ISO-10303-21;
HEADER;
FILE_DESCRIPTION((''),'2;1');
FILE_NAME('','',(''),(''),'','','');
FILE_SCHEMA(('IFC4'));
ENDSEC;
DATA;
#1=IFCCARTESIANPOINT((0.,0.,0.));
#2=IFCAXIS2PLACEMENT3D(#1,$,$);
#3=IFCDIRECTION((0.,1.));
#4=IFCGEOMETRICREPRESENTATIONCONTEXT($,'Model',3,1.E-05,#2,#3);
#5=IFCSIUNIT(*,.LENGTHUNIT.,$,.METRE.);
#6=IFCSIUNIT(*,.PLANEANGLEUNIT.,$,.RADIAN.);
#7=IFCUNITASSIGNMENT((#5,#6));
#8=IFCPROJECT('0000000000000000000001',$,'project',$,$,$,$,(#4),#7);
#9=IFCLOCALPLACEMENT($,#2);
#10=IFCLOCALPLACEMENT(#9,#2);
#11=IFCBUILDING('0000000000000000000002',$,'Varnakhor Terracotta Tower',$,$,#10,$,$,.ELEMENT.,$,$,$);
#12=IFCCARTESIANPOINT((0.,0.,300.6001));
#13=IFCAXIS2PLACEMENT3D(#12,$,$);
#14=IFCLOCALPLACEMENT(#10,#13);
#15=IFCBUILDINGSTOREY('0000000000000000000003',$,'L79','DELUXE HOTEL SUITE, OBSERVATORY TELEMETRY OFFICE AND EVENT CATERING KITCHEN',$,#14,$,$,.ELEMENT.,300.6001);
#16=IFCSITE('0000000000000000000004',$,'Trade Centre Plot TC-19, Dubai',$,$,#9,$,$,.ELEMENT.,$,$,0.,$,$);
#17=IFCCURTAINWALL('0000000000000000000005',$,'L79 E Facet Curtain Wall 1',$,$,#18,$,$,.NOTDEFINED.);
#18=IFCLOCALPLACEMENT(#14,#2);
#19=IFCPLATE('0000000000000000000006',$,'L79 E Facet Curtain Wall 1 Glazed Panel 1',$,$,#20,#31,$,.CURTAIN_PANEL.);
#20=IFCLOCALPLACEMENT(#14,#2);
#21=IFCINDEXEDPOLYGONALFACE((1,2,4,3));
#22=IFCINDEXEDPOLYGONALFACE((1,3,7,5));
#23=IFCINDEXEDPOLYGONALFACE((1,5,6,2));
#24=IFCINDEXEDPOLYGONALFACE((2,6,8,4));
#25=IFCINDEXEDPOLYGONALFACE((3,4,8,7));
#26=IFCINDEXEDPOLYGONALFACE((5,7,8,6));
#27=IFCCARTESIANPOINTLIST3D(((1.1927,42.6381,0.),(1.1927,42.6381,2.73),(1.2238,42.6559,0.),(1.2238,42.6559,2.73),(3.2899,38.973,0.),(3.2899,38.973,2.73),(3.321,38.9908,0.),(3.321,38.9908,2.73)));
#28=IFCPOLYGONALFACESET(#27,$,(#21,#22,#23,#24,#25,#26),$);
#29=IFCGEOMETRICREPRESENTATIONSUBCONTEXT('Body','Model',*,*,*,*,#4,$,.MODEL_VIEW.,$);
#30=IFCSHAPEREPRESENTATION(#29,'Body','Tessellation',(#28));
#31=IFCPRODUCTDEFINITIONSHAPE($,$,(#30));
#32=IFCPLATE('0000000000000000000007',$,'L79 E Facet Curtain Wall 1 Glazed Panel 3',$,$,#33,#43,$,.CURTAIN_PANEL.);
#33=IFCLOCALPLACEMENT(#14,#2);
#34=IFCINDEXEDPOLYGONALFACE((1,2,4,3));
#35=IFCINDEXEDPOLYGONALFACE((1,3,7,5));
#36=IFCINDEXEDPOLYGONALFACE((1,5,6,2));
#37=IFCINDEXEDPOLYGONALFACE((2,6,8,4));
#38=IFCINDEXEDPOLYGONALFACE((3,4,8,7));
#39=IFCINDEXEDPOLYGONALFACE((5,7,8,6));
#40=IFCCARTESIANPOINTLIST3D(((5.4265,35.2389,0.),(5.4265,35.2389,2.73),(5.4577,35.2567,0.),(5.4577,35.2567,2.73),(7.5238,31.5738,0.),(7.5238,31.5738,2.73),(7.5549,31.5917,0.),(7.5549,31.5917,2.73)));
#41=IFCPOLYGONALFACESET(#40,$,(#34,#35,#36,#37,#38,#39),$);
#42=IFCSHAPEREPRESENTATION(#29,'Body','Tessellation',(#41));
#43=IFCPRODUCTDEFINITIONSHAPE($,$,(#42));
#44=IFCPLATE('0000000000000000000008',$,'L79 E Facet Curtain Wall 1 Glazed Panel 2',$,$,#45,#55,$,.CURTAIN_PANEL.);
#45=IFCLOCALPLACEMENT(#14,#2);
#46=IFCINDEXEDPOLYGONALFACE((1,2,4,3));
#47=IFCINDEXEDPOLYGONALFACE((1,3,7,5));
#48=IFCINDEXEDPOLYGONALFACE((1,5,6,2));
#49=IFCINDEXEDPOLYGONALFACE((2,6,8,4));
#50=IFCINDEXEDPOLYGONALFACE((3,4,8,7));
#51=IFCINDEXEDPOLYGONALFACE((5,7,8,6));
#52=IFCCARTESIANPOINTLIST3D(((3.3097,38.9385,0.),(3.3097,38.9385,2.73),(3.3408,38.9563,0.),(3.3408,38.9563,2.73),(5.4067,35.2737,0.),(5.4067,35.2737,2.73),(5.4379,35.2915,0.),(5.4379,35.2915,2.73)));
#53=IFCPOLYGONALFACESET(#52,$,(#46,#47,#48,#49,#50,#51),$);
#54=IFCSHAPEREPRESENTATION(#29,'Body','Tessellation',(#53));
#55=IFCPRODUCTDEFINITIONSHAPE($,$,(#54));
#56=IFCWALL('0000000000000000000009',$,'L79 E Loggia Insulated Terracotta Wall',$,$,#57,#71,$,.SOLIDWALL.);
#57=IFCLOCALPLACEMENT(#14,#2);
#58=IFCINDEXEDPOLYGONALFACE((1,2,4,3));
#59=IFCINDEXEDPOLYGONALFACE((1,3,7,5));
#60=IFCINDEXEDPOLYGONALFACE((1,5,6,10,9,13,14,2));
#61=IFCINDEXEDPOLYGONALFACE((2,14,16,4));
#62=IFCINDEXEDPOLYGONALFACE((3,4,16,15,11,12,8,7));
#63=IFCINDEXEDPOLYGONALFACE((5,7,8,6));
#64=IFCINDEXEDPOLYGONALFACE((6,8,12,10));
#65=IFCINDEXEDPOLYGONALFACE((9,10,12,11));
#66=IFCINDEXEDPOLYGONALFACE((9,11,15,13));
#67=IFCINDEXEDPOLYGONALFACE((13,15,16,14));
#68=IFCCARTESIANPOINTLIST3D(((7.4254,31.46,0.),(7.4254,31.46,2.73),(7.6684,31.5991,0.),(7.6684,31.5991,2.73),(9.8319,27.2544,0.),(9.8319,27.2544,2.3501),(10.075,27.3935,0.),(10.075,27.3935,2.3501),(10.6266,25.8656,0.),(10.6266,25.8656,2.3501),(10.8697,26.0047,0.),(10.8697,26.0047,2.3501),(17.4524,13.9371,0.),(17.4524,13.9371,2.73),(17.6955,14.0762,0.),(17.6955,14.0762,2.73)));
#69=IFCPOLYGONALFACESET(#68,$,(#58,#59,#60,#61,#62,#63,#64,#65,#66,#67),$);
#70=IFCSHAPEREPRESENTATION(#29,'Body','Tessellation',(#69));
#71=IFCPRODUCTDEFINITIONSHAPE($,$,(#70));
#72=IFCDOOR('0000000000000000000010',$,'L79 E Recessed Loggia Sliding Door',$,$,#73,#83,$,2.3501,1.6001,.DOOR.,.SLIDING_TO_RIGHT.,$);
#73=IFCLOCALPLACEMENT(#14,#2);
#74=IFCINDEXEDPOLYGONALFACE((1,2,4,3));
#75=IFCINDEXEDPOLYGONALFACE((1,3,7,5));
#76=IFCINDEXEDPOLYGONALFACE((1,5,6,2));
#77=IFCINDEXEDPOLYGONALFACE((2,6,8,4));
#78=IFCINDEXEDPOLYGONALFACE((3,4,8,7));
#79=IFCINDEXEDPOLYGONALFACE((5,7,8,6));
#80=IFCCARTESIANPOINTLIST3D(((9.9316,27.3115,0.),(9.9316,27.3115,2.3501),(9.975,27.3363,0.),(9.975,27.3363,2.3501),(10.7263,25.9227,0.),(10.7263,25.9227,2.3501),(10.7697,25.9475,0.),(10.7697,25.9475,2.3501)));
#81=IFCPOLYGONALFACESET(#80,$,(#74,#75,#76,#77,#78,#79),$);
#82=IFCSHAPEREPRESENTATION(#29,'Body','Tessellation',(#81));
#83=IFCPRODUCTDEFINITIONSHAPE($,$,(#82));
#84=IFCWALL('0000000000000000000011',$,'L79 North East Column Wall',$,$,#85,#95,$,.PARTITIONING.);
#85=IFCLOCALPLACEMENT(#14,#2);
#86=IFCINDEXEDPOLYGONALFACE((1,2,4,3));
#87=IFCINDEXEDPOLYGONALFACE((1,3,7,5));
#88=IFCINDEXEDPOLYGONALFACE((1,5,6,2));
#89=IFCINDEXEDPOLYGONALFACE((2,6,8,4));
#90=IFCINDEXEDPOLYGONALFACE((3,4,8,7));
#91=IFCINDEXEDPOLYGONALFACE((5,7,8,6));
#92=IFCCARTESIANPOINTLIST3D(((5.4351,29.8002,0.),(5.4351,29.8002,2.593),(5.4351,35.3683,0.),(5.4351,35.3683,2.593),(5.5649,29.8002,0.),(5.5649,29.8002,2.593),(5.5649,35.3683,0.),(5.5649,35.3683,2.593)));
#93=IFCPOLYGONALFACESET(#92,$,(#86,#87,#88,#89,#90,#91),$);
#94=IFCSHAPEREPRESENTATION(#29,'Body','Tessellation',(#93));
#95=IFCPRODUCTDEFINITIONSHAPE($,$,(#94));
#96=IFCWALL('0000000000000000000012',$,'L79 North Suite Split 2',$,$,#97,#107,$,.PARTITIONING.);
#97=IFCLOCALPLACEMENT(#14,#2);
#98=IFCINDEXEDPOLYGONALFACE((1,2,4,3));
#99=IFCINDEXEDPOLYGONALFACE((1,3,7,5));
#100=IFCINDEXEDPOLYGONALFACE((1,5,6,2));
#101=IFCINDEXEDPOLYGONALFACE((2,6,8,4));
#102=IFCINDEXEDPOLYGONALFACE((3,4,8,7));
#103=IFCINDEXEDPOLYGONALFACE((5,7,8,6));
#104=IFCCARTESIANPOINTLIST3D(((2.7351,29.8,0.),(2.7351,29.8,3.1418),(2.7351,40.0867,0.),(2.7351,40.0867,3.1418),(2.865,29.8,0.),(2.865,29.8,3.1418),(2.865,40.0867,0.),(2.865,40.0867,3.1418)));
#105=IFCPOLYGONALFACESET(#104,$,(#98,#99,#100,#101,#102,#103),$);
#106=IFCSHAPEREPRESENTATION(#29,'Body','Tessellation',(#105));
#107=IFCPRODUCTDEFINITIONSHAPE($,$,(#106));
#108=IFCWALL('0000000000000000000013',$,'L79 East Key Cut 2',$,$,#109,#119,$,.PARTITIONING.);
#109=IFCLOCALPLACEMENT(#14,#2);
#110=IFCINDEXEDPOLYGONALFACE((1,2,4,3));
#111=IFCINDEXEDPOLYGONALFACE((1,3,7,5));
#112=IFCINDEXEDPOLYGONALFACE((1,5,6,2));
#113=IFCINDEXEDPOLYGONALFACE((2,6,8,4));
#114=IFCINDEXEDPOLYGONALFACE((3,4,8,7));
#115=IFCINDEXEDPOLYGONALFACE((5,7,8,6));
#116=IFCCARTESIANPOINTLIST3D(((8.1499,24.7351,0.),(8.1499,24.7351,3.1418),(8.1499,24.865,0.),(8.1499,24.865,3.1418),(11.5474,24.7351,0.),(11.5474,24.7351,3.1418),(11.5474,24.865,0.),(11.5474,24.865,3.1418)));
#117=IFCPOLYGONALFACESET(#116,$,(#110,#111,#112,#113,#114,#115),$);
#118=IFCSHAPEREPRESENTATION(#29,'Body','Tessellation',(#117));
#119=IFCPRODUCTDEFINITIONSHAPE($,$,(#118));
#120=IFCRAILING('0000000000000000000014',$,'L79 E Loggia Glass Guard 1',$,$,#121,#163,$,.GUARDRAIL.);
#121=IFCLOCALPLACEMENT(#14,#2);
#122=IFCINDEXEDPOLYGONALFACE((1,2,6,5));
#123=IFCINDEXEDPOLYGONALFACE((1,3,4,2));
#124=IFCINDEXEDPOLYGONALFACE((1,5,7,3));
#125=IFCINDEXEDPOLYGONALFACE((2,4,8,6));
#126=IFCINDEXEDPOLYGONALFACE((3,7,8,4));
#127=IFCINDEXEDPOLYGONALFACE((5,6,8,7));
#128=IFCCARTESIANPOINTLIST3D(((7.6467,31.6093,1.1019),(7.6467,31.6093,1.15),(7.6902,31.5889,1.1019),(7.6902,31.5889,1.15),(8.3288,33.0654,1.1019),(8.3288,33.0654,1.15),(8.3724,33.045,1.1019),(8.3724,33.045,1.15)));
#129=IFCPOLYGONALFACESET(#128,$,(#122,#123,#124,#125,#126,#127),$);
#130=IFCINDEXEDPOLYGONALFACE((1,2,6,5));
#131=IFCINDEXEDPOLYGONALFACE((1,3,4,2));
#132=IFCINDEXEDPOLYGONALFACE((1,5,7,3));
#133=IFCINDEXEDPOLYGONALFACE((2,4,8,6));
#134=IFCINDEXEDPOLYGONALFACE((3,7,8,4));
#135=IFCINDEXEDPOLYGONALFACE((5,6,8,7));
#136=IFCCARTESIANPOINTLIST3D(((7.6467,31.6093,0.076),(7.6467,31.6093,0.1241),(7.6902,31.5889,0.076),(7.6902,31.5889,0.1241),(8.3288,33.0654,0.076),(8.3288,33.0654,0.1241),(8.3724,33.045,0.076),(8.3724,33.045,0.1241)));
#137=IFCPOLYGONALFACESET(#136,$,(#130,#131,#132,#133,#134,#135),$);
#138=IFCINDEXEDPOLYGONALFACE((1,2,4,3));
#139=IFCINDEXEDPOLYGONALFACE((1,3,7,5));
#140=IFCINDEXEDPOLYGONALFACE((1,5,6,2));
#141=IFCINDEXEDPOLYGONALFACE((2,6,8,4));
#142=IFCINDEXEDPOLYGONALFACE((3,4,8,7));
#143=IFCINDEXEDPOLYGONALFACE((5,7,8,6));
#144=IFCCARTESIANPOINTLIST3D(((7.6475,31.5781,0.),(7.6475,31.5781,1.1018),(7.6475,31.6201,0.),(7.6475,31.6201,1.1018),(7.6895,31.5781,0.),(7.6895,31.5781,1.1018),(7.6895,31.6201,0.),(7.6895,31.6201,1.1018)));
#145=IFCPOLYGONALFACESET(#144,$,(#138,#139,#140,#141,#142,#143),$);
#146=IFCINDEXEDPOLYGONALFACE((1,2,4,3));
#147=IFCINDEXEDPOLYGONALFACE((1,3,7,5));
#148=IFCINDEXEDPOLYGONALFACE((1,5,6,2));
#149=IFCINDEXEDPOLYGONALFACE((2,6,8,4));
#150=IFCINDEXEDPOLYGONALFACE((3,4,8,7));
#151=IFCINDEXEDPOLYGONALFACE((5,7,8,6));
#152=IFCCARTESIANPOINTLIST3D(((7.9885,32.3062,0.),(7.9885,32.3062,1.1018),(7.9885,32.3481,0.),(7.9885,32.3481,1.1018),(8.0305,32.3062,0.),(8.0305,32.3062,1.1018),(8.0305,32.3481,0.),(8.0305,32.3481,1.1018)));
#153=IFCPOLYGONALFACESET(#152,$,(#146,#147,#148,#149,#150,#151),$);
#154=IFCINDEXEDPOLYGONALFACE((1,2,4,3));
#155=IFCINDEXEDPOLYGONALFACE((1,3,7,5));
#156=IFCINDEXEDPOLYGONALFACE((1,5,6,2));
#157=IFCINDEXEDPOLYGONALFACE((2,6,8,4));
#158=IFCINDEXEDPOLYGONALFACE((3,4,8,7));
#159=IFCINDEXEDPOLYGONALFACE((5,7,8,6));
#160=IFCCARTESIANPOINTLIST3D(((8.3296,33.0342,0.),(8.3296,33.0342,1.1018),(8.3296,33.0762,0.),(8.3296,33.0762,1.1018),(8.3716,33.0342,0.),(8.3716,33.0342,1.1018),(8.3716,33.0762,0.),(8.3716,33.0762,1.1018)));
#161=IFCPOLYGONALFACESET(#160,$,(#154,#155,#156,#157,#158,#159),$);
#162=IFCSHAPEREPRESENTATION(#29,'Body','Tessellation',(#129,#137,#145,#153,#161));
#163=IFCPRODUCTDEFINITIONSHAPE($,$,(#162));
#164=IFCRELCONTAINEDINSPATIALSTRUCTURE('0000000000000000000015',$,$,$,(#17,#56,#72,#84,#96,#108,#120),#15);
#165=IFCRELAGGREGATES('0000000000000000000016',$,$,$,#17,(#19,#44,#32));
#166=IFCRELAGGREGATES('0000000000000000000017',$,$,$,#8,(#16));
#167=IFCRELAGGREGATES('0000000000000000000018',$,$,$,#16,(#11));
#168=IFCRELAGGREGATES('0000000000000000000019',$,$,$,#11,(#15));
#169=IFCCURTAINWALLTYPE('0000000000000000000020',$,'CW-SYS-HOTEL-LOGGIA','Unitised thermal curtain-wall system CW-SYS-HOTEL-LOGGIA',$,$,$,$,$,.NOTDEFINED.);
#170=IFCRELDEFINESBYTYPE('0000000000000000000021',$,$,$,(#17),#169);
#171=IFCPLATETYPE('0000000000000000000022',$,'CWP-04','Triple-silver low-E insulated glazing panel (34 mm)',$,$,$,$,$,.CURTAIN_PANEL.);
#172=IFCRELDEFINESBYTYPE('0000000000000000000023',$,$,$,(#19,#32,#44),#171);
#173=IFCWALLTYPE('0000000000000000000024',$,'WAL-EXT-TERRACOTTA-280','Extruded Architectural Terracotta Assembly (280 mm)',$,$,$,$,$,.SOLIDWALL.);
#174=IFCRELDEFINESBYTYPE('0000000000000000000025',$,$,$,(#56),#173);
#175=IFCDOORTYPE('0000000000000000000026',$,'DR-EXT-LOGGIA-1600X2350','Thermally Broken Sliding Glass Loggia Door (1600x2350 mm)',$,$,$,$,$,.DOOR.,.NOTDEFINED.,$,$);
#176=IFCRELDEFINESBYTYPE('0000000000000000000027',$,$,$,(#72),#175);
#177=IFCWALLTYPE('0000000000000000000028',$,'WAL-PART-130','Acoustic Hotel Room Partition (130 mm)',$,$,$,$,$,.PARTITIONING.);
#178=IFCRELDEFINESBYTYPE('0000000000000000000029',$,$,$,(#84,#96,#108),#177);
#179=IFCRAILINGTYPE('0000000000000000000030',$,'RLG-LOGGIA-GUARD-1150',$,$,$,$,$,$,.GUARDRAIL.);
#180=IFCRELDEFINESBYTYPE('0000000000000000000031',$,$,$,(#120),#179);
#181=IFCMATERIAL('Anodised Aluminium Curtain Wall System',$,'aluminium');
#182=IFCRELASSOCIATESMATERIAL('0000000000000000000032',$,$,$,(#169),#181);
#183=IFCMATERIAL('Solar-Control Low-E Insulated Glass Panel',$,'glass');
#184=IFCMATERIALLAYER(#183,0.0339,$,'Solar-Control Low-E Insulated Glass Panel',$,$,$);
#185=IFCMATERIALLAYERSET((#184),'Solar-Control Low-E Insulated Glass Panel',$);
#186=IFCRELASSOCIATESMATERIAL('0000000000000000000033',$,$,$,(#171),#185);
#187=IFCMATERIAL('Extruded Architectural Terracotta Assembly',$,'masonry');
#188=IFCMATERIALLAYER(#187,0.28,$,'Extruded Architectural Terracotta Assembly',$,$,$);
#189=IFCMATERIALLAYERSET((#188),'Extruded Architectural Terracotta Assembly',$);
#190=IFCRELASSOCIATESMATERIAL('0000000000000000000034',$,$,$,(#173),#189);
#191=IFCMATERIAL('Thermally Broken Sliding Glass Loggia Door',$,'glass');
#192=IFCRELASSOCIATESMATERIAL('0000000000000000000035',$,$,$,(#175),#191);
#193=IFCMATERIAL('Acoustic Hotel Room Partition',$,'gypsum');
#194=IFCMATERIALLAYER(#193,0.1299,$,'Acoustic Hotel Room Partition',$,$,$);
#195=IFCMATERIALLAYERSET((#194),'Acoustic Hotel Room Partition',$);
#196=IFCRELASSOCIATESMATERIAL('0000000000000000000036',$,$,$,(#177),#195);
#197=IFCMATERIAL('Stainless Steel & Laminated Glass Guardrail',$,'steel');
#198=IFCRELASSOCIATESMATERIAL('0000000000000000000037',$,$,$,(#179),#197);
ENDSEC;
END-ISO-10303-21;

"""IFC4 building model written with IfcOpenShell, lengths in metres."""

from ifc_helpers import new_model, si_unit, direction, frame, frame_2d, origin, origin_2d, place, context, subcontext, project, spatial, rectangle, extrude, source, transform, mapped, material, layer, layer_set, type_object, type_shapes, element, fill, aggregate, save


model = new_model("IFC4")

# Units and contexts
model_context = context("Model", 3, precision=1e-05, world=origin(), true_north=direction((0.0, 1.0)))
body_context = subcontext(model_context, "Body", "Model", "MODEL_VIEW")
ifc_project = project(units=[si_unit("LENGTHUNIT", "METRE"), si_unit("PLANEANGLEUNIT", "RADIAN")], contexts=[model_context])

# Site, building, storey
site_placement = place(None, origin())
site = spatial("IfcSite", under=ifc_project, at=site_placement, Name="Trade Centre Plot TC-19, Dubai", CompositionType="ELEMENT", RefElevation=0.0)
building_placement = place(site_placement, origin())
building = spatial("IfcBuilding", under=site, at=building_placement, Name="Varnakhor Terracotta Tower", CompositionType="ELEMENT")
storey_placement = place(building_placement, frame((0.0, 0.0, 300.6001)))
storey = spatial("IfcBuildingStorey", under=building, at=storey_placement, Name="L79", Description="DELUXE HOTEL SUITE, OBSERVATORY TELEMETRY OFFICE AND EVENT CATERING KITCHEN", CompositionType="ELEMENT", Elevation=300.6001)

# Shared definitions
ifc_material_1 = material(Name="Anodised Aluminium Curtain Wall System", Category="aluminium")
curtain_wall_type = type_object("IfcCurtainWallType", Name="CW-SYS-HOTEL-LOGGIA", Description="Unitised thermal curtain-wall system CW-SYS-HOTEL-LOGGIA", PredefinedType="NOTDEFINED", material=ifc_material_1)

# Curtain wall
curtain_wall_1_placement = place(storey_placement, origin())
curtain_wall_1 = element("IfcCurtainWall", 1, at=curtain_wall_1_placement, inside=storey, type_object=curtain_wall_type, Name="L79 E Facet Curtain Wall 1", PredefinedType="NOTDEFINED")

# Plates
ifc_material_2 = material(Name="Solar-Control Low-E Insulated Glass Panel", Category="glass")
ifc_layer_1 = layer(ifc_material_2, 0.0339, Name="Solar-Control Low-E Insulated Glass Panel")
ifc_layer_set_1 = layer_set([ifc_layer_1], Name="Solar-Control Low-E Insulated Glass Panel")
plate_type = type_object("IfcPlateType", Name="CWP-04", Description="Triple-silver low-E insulated glazing panel (34 mm)", PredefinedType="CURTAIN_PANEL", material=ifc_layer_set_1)
shared_shape_1 = source(origin(), body_context, "Body", "SweptSolid", [
    extrude(rectangle(XDim=4.2227, YDim=0.0359, at=origin_2d()), origin(), (0.0, 0.0, 1.0), 2.73),
])
plate_1_placement = place(storey_placement, frame((2.2568, 40.8145, 0.0), z_axis=(0.0, 0.0, 1.0), x_axis=(0.496656, -0.867948, 0.0)))
plate_1 = element("IfcPlate", 2, at=plate_1_placement, type_object=plate_type, Name="L79 E Facet Curtain Wall 1 Glazed Panel 1", PredefinedType="CURTAIN_PANEL", context=body_context, shape_type="MappedRepresentation", body=[
    mapped(shared_shape_1, transform((0.0, 0.0, 0.0), scale=1.0)),
])
plate_2_placement = place(storey_placement, frame((6.4907, 33.4153, 0.0), z_axis=(0.0, 0.0, 1.0), x_axis=(0.496656, -0.867948, 0.0)))
plate_2 = element("IfcPlate", 3, at=plate_2_placement, type_object=plate_type, Name="L79 E Facet Curtain Wall 1 Glazed Panel 3", PredefinedType="CURTAIN_PANEL", context=body_context, shape_type="MappedRepresentation", body=[
    mapped(shared_shape_1, transform((0.0, 0.0, 0.0), scale=1.0)),
])
shared_shape_2 = source(origin(), body_context, "Body", "SweptSolid", [
    extrude(rectangle(XDim=4.2224, YDim=0.0359, at=origin_2d()), origin(), (0.0, 0.0, 1.0), 2.73),
])
plate_3_placement = place(storey_placement, frame((4.3738, 37.115, 0.0), z_axis=(0.0, 0.0, 1.0), x_axis=(0.496656, -0.867948, 0.0)))
plate_3 = element("IfcPlate", 4, at=plate_3_placement, type_object=plate_type, Name="L79 E Facet Curtain Wall 1 Glazed Panel 2", PredefinedType="CURTAIN_PANEL", context=body_context, shape_type="MappedRepresentation", body=[
    mapped(shared_shape_2, transform((0.0, 0.0, 0.0), scale=1.0)),
])
aggregate(curtain_wall_1, [plate_1, plate_3, plate_2])

# Wall, opening, door
ifc_material_3 = material(Name="Extruded Architectural Terracotta Assembly", Category="masonry")
ifc_layer_2 = layer(ifc_material_3, 0.28, Name="Extruded Architectural Terracotta Assembly")
ifc_layer_set_2 = layer_set([ifc_layer_2], Name="Extruded Architectural Terracotta Assembly")
wall_type_1 = type_object("IfcWallType", Name="WAL-EXT-TERRACOTTA-280", Description="Extruded Architectural Terracotta Assembly (280 mm)", PredefinedType="SOLIDWALL", material=ifc_layer_set_2)
wall_1_placement = place(storey_placement, frame((7.5469, 31.5295, 0.0), z_axis=(0.0, 0.0, 1.0), x_axis=(0.496661, -0.867945, 0.0)))
wall_1 = element("IfcWall", 5, at=wall_1_placement, inside=storey, type_object=wall_type_1, Name="L79 E Loggia Insulated Terracotta Wall", PredefinedType="SOLIDWALL", context=body_context, shape_type="SweptSolid", body=[
    extrude(rectangle(XDim=20.189, YDim=0.28, at=frame_2d((10.0945, 0.0))), origin(), (0.0, 0.0, 1.0), 2.73),
])
opening_placement = place(wall_1_placement, frame((4.8455, 0.0, 0.0)))
opening = element("IfcOpeningElement", 6, at=opening_placement, cuts=wall_1, PredefinedType="OPENING", context=body_context, shape_type="SweptSolid", body=[
    extrude(rectangle(XDim=1.6001, YDim=2.3501, at=frame_2d((0.8, 1.175))), frame((0.0, 0.1499, 0.0), z_axis=(0.0, -1.0, 0.0), x_axis=(1.0, 0.0, 0.0)), (0.0, 0.0, 1.0), 0.3),
])
ifc_material_4 = material(Name="Thermally Broken Sliding Glass Loggia Door", Category="glass")
door_type = type_object("IfcDoorType", Name="DR-EXT-LOGGIA-1600X2350", Description="Thermally Broken Sliding Glass Loggia Door (1600x2350 mm)", OperationType="NOTDEFINED", PredefinedType="DOOR", material=ifc_material_4)
shared_shape_3 = source(origin(), body_context, "Body", "SweptSolid", [
    extrude(rectangle(XDim=1.6001, YDim=2.3501, at=frame_2d((0.8, 1.175))), frame((0.0, 0.0249, 0.0), z_axis=(0.0, -1.0, 0.0), x_axis=(1.0, 0.0, 0.0)), (0.0, 0.0, 1.0), 0.05),
])
type_shapes(door_type, [shared_shape_3])
door_placement = place(opening_placement, origin())
door = element("IfcDoor", 7, at=door_placement, inside=storey, type_object=door_type, Name="L79 E Recessed Loggia Sliding Door", OperationType="SLIDING_TO_RIGHT", OverallHeight=2.3501, OverallWidth=1.6001, PredefinedType="DOOR", context=body_context, shape_type="MappedRepresentation", body=[
    mapped(shared_shape_3, transform((0.0, 0.0, 0.0), scale=1.0)),
])
fill(opening, door)

# Walls
ifc_material_5 = material(Name="Acoustic Hotel Room Partition", Category="gypsum")
ifc_layer_3 = layer(ifc_material_5, 0.1299, Name="Acoustic Hotel Room Partition")
ifc_layer_set_3 = layer_set([ifc_layer_3], Name="Acoustic Hotel Room Partition")
wall_type_2 = type_object("IfcWallType", Name="WAL-PART-130", Description="Acoustic Hotel Room Partition (130 mm)", PredefinedType="PARTITIONING", material=ifc_layer_set_3)
wall_2_placement = place(storey_placement, frame((5.5, 29.8, 0.0), z_axis=(0.0, 0.0, 1.0), x_axis=(0.0, 1.0, 0.0)))
element("IfcWall", 8, at=wall_2_placement, inside=storey, type_object=wall_type_2, Name="L79 North East Column Wall", PredefinedType="PARTITIONING", context=body_context, shape_type="SweptSolid", body=[
    extrude(rectangle(XDim=5.5681, YDim=0.1299, at=frame_2d((2.7842, 0.0))), origin(), (0.0, 0.0, 1.0), 2.593),
])
wall_3_placement = place(storey_placement, frame((2.8, 29.8, 0.0), z_axis=(0.0, 0.0, 1.0), x_axis=(0.0, 1.0, 0.0)))
element("IfcWall", 9, at=wall_3_placement, inside=storey, type_object=wall_type_2, Name="L79 North Suite Split 2", PredefinedType="PARTITIONING", context=body_context, shape_type="SweptSolid", body=[
    extrude(rectangle(XDim=10.2866, YDim=0.1299, at=frame_2d((5.1433, 0.0))), origin(), (0.0, 0.0, 1.0), 3.1418),
])
wall_4_placement = place(storey_placement, frame((8.1499, 24.8, 0.0), z_axis=(0.0, 0.0, 1.0), x_axis=(1.0, 0.0, 0.0)))
element("IfcWall", 10, at=wall_4_placement, inside=storey, type_object=wall_type_2, Name="L79 East Key Cut 2", PredefinedType="PARTITIONING", context=body_context, shape_type="SweptSolid", body=[
    extrude(rectangle(XDim=3.3975, YDim=0.1299, at=frame_2d((1.6987, 0.0))), origin(), (0.0, 0.0, 1.0), 3.1418),
])

# Railing
ifc_material_6 = material(Name="Stainless Steel & Laminated Glass Guardrail", Category="steel")
railing_type = type_object("IfcRailingType", Name="RLG-LOGGIA-GUARD-1150", PredefinedType="GUARDRAIL", material=ifc_material_6)
railing_1_placement = place(storey_placement, frame((7.6685, 31.5991, 0.0)))
element("IfcRailing", 11, at=railing_1_placement, inside=storey, type_object=railing_type, Name="L79 E Loggia Glass Guard 1", PredefinedType="GUARDRAIL", context=body_context, shape_type="SweptSolid", body=[
    extrude(rectangle(XDim=0.0481, YDim=0.0481, at=origin_2d()), frame((0.0, 0.0, 1.126), z_axis=(0.424232, 0.905554, 0.0), x_axis=(-0.905554, 0.424232, 0.0)), (0.0, 0.0, 1.0), 1.6079),
    extrude(rectangle(XDim=0.0481, YDim=0.0481, at=origin_2d()), frame((0.0, 0.0, 0.1001), z_axis=(0.424232, 0.905554, 0.0), x_axis=(-0.905554, 0.424232, 0.0)), (0.0, 0.0, 1.0), 1.6079),
    extrude(rectangle(XDim=0.042, YDim=0.042, at=origin_2d()), origin(), (0.0, 0.0, 1.0), 1.1018),
    extrude(rectangle(XDim=0.042, YDim=0.042, at=origin_2d()), frame((0.3411, 0.728, 0.0)), (0.0, 0.0, 1.0), 1.1018),
    extrude(rectangle(XDim=0.042, YDim=0.042, at=origin_2d()), frame((0.6821, 1.4561, 0.0)), (0.0, 0.0, 1.0), 1.1018),
])

save(model, "model.ifc")
